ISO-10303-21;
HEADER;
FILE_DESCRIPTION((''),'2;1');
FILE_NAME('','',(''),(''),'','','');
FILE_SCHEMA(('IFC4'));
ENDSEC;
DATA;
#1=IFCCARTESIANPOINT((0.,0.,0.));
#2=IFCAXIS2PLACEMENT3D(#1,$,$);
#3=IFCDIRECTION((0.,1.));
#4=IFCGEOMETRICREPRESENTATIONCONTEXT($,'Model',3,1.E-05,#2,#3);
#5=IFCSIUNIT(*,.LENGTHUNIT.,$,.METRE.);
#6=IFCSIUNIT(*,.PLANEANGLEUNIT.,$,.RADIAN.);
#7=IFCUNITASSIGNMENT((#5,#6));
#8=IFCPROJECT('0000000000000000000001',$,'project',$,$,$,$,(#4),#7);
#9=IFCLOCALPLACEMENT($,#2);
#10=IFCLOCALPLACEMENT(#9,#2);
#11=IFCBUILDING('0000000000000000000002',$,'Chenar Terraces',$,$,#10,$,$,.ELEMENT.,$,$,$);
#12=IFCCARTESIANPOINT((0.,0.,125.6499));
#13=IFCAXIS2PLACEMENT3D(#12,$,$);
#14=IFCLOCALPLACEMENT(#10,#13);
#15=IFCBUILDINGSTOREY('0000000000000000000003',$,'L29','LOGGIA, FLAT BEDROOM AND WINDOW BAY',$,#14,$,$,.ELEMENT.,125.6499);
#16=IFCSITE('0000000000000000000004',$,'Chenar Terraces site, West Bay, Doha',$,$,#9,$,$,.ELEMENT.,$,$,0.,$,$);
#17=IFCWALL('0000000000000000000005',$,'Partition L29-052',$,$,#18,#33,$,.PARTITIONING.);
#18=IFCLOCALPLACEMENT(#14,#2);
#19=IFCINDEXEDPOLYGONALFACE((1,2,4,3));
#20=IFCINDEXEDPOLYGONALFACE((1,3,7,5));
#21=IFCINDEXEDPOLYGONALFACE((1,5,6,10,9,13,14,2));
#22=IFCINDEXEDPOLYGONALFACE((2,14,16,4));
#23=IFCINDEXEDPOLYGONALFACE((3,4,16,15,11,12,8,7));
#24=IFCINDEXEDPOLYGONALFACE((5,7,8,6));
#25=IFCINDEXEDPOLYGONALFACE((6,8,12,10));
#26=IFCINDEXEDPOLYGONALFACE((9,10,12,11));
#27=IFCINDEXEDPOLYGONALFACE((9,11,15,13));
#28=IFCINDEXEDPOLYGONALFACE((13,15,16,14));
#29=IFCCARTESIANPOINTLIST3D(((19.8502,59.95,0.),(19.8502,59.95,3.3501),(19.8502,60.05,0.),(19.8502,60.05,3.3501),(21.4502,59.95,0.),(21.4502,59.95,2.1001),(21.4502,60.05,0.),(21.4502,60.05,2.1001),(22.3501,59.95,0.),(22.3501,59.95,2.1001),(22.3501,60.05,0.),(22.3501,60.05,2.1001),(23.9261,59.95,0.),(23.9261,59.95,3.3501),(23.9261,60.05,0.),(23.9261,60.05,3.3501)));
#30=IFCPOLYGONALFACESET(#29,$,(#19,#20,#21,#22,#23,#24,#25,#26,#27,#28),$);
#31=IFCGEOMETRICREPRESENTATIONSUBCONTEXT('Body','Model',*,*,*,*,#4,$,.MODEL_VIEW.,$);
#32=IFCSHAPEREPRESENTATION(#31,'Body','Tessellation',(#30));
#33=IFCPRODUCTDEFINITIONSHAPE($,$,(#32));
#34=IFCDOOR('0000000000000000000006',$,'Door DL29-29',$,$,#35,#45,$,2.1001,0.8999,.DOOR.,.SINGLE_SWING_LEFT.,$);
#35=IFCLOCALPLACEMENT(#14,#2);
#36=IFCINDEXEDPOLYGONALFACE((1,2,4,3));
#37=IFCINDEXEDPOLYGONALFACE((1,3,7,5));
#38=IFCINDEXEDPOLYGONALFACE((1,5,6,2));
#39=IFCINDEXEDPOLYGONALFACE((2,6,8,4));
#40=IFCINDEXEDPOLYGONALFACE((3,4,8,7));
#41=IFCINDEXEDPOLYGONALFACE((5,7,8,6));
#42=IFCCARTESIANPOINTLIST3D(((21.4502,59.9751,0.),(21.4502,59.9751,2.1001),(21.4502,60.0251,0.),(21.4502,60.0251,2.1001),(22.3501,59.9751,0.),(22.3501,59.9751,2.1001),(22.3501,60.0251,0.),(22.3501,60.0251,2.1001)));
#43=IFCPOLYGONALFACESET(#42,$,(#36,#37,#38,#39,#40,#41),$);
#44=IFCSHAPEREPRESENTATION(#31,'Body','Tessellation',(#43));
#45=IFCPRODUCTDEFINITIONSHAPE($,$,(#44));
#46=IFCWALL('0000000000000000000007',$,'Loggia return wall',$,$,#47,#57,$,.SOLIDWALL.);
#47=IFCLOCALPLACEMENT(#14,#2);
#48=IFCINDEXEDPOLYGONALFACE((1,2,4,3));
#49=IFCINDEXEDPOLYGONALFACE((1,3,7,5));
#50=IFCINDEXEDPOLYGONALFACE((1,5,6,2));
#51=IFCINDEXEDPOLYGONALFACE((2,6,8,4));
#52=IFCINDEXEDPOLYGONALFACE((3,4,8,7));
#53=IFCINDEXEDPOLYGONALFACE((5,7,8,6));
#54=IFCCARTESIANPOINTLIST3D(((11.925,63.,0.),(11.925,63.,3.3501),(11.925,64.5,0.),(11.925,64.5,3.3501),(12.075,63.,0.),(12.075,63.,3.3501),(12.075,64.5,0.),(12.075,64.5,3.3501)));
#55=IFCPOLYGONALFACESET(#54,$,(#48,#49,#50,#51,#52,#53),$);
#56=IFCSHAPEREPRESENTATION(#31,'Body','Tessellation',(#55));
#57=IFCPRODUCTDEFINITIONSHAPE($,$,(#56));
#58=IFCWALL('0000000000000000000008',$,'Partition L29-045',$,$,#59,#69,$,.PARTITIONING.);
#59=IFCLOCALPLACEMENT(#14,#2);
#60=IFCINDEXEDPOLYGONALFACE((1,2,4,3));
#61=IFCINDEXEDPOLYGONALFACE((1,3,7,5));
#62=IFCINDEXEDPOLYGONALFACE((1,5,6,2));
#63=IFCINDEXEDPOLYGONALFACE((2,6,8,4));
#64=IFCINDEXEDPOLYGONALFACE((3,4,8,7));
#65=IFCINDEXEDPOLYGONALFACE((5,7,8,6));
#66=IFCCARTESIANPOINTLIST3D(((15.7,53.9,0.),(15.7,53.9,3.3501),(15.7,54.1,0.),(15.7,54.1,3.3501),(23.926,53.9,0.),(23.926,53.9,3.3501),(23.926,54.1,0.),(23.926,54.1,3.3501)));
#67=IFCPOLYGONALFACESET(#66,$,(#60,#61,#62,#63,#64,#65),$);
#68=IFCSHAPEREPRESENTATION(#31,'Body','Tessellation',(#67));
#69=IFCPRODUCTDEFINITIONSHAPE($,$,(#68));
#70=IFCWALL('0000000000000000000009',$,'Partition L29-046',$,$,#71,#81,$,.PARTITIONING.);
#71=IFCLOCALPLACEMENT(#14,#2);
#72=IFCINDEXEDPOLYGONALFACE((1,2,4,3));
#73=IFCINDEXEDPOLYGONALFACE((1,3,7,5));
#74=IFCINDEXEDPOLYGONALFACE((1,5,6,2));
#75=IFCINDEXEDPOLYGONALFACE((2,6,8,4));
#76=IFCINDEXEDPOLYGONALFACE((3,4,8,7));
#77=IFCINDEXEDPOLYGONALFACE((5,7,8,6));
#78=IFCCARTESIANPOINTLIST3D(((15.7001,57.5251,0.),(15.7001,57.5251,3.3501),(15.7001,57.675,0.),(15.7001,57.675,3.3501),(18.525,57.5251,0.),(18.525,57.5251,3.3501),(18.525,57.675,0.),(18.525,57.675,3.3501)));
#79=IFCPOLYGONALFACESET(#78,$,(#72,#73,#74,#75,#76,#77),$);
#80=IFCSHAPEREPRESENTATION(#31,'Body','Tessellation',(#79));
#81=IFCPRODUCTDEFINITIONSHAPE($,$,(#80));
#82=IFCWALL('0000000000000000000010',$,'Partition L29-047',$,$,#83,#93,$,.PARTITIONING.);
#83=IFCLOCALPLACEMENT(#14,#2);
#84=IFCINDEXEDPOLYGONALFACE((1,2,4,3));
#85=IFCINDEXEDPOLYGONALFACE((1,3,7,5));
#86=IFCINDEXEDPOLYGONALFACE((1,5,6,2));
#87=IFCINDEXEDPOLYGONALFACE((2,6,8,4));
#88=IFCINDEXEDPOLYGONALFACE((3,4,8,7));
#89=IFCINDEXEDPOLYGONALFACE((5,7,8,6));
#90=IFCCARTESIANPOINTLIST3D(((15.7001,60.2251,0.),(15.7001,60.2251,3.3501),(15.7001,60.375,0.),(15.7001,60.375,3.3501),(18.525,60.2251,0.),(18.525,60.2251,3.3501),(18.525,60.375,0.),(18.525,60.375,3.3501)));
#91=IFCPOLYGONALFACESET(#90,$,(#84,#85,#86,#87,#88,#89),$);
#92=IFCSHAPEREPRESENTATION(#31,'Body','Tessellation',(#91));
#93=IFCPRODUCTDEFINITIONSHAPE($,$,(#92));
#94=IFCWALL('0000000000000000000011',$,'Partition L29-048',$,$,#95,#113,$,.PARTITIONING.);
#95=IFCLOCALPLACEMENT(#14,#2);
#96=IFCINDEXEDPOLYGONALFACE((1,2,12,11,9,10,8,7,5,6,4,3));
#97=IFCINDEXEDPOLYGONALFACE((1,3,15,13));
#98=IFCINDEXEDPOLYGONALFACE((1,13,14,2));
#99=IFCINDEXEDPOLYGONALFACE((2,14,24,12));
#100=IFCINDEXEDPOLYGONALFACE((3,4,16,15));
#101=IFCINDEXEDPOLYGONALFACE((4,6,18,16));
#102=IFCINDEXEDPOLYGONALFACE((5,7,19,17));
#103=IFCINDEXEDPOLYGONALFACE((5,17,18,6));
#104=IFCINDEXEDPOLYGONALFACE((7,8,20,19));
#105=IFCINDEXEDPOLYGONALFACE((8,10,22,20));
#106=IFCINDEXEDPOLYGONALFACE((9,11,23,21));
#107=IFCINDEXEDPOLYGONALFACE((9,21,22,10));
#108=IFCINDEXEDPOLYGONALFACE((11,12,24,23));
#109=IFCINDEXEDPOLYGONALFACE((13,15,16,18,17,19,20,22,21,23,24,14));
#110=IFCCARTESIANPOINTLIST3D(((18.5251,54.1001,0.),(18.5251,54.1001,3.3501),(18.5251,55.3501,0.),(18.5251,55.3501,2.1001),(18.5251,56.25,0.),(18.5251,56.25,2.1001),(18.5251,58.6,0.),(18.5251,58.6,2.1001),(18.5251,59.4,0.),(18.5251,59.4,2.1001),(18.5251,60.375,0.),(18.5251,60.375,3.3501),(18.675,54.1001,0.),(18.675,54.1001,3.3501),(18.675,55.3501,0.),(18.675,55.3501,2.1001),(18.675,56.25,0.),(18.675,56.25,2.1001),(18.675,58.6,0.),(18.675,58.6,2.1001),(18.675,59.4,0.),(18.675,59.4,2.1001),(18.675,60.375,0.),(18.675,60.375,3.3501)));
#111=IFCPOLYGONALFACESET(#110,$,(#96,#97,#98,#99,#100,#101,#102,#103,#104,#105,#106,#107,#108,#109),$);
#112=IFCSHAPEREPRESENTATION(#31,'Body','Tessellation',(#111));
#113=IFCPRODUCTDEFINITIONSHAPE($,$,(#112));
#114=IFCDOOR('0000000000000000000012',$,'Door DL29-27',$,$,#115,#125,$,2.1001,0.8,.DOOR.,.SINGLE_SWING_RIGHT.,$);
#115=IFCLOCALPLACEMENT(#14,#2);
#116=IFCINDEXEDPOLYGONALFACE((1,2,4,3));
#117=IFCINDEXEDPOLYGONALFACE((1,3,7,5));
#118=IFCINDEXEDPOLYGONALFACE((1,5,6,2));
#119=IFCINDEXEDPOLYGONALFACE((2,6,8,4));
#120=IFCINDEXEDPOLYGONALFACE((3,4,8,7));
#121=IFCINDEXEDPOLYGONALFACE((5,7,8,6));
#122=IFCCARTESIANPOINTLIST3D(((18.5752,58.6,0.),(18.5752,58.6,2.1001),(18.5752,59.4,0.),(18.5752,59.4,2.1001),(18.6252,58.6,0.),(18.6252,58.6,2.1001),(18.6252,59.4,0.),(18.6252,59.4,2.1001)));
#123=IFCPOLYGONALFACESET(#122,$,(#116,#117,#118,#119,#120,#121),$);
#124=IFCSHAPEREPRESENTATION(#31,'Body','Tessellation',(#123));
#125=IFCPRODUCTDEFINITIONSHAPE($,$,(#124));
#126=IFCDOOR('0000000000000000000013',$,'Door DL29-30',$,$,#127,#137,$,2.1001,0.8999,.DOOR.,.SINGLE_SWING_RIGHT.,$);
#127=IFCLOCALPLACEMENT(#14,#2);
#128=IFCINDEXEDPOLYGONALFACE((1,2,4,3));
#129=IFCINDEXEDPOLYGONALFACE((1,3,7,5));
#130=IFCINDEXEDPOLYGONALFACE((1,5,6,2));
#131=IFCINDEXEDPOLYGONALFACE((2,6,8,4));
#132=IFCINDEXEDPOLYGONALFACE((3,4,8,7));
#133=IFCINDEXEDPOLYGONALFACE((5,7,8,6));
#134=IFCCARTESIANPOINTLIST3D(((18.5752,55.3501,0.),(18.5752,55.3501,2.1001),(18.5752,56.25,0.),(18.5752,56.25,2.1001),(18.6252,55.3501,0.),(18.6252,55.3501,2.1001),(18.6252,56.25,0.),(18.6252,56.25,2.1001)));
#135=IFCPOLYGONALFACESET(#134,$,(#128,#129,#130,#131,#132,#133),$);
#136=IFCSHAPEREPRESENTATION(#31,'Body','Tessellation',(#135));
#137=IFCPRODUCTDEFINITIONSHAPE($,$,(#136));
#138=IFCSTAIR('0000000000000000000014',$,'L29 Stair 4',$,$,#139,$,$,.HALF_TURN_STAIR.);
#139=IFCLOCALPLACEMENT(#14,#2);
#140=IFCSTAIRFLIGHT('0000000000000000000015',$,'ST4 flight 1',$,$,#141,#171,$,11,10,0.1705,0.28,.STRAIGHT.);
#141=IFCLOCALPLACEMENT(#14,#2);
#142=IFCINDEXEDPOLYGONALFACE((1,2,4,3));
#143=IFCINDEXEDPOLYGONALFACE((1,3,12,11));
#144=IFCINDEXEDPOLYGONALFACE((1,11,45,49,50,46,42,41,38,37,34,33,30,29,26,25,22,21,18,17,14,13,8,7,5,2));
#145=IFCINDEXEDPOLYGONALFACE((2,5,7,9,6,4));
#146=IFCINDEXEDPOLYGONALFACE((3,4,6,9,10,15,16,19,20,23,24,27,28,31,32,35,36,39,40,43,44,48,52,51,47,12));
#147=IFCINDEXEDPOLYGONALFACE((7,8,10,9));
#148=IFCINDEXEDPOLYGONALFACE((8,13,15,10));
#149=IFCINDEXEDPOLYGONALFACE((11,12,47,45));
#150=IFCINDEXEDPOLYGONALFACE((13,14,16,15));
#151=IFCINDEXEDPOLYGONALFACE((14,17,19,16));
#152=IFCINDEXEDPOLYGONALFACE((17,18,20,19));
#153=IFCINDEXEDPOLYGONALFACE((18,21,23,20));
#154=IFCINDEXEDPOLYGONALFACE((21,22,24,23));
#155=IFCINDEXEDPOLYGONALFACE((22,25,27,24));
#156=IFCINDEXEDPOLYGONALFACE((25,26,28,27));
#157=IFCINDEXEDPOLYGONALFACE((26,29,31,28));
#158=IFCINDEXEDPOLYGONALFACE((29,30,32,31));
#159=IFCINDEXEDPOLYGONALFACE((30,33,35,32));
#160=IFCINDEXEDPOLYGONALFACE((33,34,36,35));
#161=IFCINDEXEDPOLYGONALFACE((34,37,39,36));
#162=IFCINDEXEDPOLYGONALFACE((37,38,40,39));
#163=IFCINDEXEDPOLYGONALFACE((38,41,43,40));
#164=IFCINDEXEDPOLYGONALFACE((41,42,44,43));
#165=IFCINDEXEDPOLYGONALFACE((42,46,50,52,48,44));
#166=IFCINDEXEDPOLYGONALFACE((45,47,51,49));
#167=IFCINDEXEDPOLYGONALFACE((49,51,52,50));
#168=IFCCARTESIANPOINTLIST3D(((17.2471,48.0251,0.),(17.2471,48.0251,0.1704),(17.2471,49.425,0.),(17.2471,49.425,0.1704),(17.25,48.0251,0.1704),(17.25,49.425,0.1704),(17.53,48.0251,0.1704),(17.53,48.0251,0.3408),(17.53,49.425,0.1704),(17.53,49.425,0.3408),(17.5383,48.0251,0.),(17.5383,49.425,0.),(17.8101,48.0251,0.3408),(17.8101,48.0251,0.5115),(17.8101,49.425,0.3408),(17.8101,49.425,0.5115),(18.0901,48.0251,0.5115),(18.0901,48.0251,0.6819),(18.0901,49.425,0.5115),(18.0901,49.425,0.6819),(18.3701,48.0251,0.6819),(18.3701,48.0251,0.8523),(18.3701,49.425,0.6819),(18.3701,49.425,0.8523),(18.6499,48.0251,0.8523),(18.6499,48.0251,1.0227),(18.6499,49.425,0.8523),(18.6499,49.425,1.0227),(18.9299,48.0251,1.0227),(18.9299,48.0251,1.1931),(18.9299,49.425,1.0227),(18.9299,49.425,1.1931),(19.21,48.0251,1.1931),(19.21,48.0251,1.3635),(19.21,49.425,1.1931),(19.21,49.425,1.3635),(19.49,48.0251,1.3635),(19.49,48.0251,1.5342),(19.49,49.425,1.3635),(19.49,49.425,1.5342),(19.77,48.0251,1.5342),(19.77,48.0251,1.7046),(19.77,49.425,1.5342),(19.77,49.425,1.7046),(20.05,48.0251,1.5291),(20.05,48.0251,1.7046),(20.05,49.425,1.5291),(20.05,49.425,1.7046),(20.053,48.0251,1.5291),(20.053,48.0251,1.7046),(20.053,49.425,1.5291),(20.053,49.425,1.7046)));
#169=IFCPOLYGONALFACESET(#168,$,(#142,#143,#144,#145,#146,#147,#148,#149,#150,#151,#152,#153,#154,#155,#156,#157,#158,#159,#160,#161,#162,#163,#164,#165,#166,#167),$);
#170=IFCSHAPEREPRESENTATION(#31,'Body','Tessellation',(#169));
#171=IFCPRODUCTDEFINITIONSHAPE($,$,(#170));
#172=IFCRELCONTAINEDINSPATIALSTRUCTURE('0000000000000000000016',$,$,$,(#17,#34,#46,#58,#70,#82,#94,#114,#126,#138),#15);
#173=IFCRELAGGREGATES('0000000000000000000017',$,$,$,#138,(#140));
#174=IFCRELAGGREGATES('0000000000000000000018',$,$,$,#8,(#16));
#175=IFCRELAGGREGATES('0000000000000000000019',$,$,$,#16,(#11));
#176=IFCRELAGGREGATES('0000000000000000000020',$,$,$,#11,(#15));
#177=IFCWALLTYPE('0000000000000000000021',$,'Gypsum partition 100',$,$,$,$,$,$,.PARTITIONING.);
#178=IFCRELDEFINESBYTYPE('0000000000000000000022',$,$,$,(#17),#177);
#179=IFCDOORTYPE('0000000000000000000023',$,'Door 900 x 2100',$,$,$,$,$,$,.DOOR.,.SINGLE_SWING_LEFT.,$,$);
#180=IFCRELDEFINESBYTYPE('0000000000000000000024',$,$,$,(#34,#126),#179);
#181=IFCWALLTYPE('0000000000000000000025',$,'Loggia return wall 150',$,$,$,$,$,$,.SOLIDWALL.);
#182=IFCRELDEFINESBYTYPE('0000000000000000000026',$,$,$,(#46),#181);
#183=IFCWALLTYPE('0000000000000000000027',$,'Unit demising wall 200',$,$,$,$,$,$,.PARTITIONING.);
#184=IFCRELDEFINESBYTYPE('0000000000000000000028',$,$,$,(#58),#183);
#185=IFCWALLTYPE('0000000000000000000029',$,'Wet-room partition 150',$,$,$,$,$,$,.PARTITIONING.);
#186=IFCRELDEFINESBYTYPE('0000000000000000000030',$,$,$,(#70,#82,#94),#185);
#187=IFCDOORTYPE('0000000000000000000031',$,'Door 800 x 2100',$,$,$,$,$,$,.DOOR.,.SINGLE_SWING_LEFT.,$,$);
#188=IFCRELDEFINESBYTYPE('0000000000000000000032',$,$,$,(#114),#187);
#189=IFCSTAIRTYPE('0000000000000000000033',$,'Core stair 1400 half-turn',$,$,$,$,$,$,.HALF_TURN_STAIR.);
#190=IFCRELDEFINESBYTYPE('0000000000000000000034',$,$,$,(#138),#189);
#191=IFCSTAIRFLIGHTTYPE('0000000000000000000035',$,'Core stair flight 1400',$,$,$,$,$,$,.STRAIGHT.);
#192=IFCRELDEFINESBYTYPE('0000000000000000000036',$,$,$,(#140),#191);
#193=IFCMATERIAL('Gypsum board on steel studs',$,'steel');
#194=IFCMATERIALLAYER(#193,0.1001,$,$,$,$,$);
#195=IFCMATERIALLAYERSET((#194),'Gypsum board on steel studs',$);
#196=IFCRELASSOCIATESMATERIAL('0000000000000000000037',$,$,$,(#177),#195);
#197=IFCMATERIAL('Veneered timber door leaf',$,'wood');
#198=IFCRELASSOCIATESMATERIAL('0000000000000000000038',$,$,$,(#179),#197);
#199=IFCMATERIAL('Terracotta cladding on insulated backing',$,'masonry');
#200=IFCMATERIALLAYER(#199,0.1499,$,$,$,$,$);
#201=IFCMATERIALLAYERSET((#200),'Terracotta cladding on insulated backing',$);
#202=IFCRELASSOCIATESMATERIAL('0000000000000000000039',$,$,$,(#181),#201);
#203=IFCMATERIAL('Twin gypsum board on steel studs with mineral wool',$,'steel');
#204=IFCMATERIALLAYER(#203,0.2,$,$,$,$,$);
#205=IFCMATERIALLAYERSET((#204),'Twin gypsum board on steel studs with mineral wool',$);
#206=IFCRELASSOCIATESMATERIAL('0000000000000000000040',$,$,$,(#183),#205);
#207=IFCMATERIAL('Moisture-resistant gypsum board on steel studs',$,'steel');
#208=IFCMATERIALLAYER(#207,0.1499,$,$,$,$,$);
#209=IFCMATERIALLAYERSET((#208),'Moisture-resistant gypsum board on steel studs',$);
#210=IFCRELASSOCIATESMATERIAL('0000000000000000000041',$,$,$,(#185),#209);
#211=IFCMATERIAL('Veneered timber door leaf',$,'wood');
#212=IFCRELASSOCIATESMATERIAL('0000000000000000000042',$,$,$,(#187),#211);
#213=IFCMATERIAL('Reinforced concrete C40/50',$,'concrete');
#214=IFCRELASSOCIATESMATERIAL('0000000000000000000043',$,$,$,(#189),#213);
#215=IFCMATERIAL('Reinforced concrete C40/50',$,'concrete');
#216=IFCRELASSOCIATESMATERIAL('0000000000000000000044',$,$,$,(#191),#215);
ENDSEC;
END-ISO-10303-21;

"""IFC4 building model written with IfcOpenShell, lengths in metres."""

from ifc_helpers import new_model, si_unit, direction, frame, frame_2d, origin, place, context, subcontext, project, spatial, polyline, rectangle, outline, extrude, material, layer, layer_set, type_object, element, fill, aggregate, save


model = new_model("IFC4")

# Units and contexts
model_context = context("Model", 3, precision=1e-05, world=origin(), true_north=direction((0.0, 1.0)))
body_context = subcontext(model_context, "Body", "Model", "MODEL_VIEW")
ifc_project = project(units=[si_unit("LENGTHUNIT", "METRE"), si_unit("PLANEANGLEUNIT", "RADIAN")], contexts=[model_context])

# Site, building, storey
site_placement = place(None, origin())
site = spatial("IfcSite", under=ifc_project, at=site_placement, Name="Chenar Terraces site, West Bay, Doha", CompositionType="ELEMENT", RefElevation=0.0)
building_placement = place(site_placement, origin())
building = spatial("IfcBuilding", under=site, at=building_placement, Name="Chenar Terraces", CompositionType="ELEMENT")
storey_placement = place(building_placement, frame((0.0, 0.0, 125.6499)))
storey = spatial("IfcBuildingStorey", under=building, at=storey_placement, Name="L29", Description="LOGGIA, FLAT BEDROOM AND WINDOW BAY", CompositionType="ELEMENT", Elevation=125.6499)

# Shared definitions
ifc_material_1 = material(Name="Gypsum board on steel studs", Category="steel")
ifc_layer_1 = layer(ifc_material_1, 0.1001)
ifc_layer_set_1 = layer_set([ifc_layer_1], Name="Gypsum board on steel studs")
wall_type_1 = type_object("IfcWallType", Name="Gypsum partition 100", PredefinedType="PARTITIONING", material=ifc_layer_set_1)
ifc_material_2 = material(Name="Veneered timber door leaf", Category="wood")
door_type_1 = type_object("IfcDoorType", Name="Door 900 x 2100", OperationType="SINGLE_SWING_LEFT", PredefinedType="DOOR", material=ifc_material_2)

# Wall, opening, door
wall_1_placement = place(storey_placement, frame((19.8501, 60.0, 0.0), z_axis=(0.0, 0.0, 1.0), x_axis=(1.0, 0.0, 0.0)))
wall_1 = element("IfcWall", 1, at=wall_1_placement, inside=storey, type_object=wall_type_1, Name="Partition L29-052", PredefinedType="PARTITIONING", context=body_context, shape_type="SweptSolid", body=[
    extrude(rectangle(XDim=4.0759, YDim=0.1001, at=frame_2d((2.0381, 0.0))), origin(), (0.0, 0.0, 1.0), 3.3501),
])
opening_1_placement = place(wall_1_placement, frame((1.6001, 0.0, 0.0)))
opening_1 = element("IfcOpeningElement", 2, at=opening_1_placement, cuts=wall_1, PredefinedType="OPENING", context=body_context, shape_type="SweptSolid", body=[
    extrude(rectangle(XDim=0.8999, YDim=2.1001, at=frame_2d((0.45, 1.05))), frame((0.0, 0.0601, 0.0), z_axis=(0.0, -1.0, 0.0), x_axis=(1.0, 0.0, 0.0)), (0.0, 0.0, 1.0), 0.1201),
])
door_1_placement = place(opening_1_placement, frame((0.8999, 0.0, 0.0), z_axis=(0.0, 0.0, 1.0), x_axis=(-1.0, 0.0, 0.0)))
door_1 = element("IfcDoor", 3, at=door_1_placement, inside=storey, type_object=door_type_1, Name="Door DL29-29", OperationType="SINGLE_SWING_LEFT", OverallHeight=2.1001, OverallWidth=0.8999, PredefinedType="DOOR", context=body_context, shape_type="SweptSolid", body=[
    extrude(rectangle(XDim=0.8999, YDim=2.1001, at=frame_2d((0.45, 1.05))), frame((0.0, 0.0249, 0.0), z_axis=(0.0, -1.0, 0.0), x_axis=(1.0, 0.0, 0.0)), (0.0, 0.0, 1.0), 0.05),
])
fill(opening_1, door_1)

# Walls
ifc_material_3 = material(Name="Terracotta cladding on insulated backing", Category="masonry")
ifc_layer_2 = layer(ifc_material_3, 0.1499)
ifc_layer_set_2 = layer_set([ifc_layer_2], Name="Terracotta cladding on insulated backing")
wall_type_2 = type_object("IfcWallType", Name="Loggia return wall 150", PredefinedType="SOLIDWALL", material=ifc_layer_set_2)
wall_2_placement = place(storey_placement, frame((12.0, 64.5, 0.0), z_axis=(0.0, 0.0, 1.0), x_axis=(0.0, -1.0, 0.0)))
element("IfcWall", 4, at=wall_2_placement, inside=storey, type_object=wall_type_2, Name="Loggia return wall", PredefinedType="SOLIDWALL", context=body_context, shape_type="SweptSolid", body=[
    extrude(rectangle(XDim=1.5, YDim=0.1499, at=frame_2d((0.75, 0.0))), origin(), (0.0, 0.0, 1.0), 3.3501),
])
ifc_material_4 = material(Name="Twin gypsum board on steel studs with mineral wool", Category="steel")
ifc_layer_3 = layer(ifc_material_4, 0.2)
ifc_layer_set_3 = layer_set([ifc_layer_3], Name="Twin gypsum board on steel studs with mineral wool")
wall_type_3 = type_object("IfcWallType", Name="Unit demising wall 200", PredefinedType="PARTITIONING", material=ifc_layer_set_3)
wall_3_placement = place(storey_placement, frame((15.7, 54.0, 0.0), z_axis=(0.0, 0.0, 1.0), x_axis=(1.0, 0.0, 0.0)))
element("IfcWall", 5, at=wall_3_placement, inside=storey, type_object=wall_type_3, Name="Partition L29-045", PredefinedType="PARTITIONING", context=body_context, shape_type="SweptSolid", body=[
    extrude(rectangle(XDim=8.2261, YDim=0.2, at=frame_2d((4.113, 0.0))), origin(), (0.0, 0.0, 1.0), 3.3501),
])
ifc_material_5 = material(Name="Moisture-resistant gypsum board on steel studs", Category="steel")
ifc_layer_4 = layer(ifc_material_5, 0.1499)
ifc_layer_set_4 = layer_set([ifc_layer_4], Name="Moisture-resistant gypsum board on steel studs")
wall_type_4 = type_object("IfcWallType", Name="Wet-room partition 150", PredefinedType="PARTITIONING", material=ifc_layer_set_4)
for number, where, z_axis, x_axis, name in (
    (6, (15.7, 57.6001, 0.0), (0.0, 0.0, 1.0), (1.0, 0.0, 0.0), "Partition L29-046"),
    (7, (15.7, 60.3, 0.0), (0.0, 0.0, 1.0), (1.0, 0.0, 0.0), "Partition L29-047"),
):
    element("IfcWall", number, at=place(storey_placement, frame(where, z_axis=z_axis, x_axis=x_axis)), inside=storey, type_object=wall_type_4, Name=name, PredefinedType="PARTITIONING", context=body_context, shape_type="SweptSolid", body=[
        extrude(rectangle(XDim=2.825, YDim=0.1499, at=frame_2d((1.4126, 0.0))), origin(), (0.0, 0.0, 1.0), 3.3501),
    ])

# Wall, openings, doors
wall_4_placement = place(storey_placement, frame((18.6001, 54.1001, 0.0), z_axis=(0.0, 0.0, 1.0), x_axis=(0.0, 1.0, 0.0)))
wall_4 = element("IfcWall", 8, at=wall_4_placement, inside=storey, type_object=wall_type_4, Name="Partition L29-048", PredefinedType="PARTITIONING", context=body_context, shape_type="SweptSolid", body=[
    extrude(rectangle(XDim=6.2749, YDim=0.1499, at=frame_2d((3.1375, 0.0))), origin(), (0.0, 0.0, 1.0), 3.3501),
])
opening_2_placement = place(wall_4_placement, frame((4.5, 0.0, 0.0)))
opening_2 = element("IfcOpeningElement", 9, at=opening_2_placement, cuts=wall_4, PredefinedType="OPENING", context=body_context, shape_type="SweptSolid", body=[
    extrude(rectangle(XDim=0.8, YDim=2.1001, at=frame_2d((0.3999, 1.05))), frame((0.0, 0.085, 0.0), z_axis=(0.0, -1.0, 0.0), x_axis=(1.0, 0.0, 0.0)), (0.0, 0.0, 1.0), 0.1699),
])
opening_3_placement = place(wall_4_placement, frame((1.25, 0.0, 0.0)))
opening_3 = element("IfcOpeningElement", 10, at=opening_3_placement, cuts=wall_4, PredefinedType="OPENING", context=body_context, shape_type="SweptSolid", body=[
    extrude(rectangle(XDim=0.8999, YDim=2.1001, at=frame_2d((0.45, 1.05))), frame((0.0, 0.085, 0.0), z_axis=(0.0, -1.0, 0.0), x_axis=(1.0, 0.0, 0.0)), (0.0, 0.0, 1.0), 0.1699),
])
ifc_material_6 = material(Name="Veneered timber door leaf", Category="wood")
door_type_2 = type_object("IfcDoorType", Name="Door 800 x 2100", OperationType="SINGLE_SWING_LEFT", PredefinedType="DOOR", material=ifc_material_6)
door_2_placement = place(opening_2_placement, origin())
door_2 = element("IfcDoor", 11, at=door_2_placement, inside=storey, type_object=door_type_2, Name="Door DL29-27", OperationType="SINGLE_SWING_RIGHT", OverallHeight=2.1001, OverallWidth=0.8, PredefinedType="DOOR", context=body_context, shape_type="SweptSolid", body=[
    extrude(rectangle(XDim=0.8, YDim=2.1001, at=frame_2d((0.3999, 1.05))), frame((0.0, 0.0249, 0.0), z_axis=(0.0, -1.0, 0.0), x_axis=(1.0, 0.0, 0.0)), (0.0, 0.0, 1.0), 0.05),
])
fill(opening_2, door_2)
door_3_placement = place(opening_3_placement, origin())
door_3 = element("IfcDoor", 12, at=door_3_placement, inside=storey, type_object=door_type_1, Name="Door DL29-30", OperationType="SINGLE_SWING_RIGHT", OverallHeight=2.1001, OverallWidth=0.8999, PredefinedType="DOOR", context=body_context, shape_type="SweptSolid", body=[
    extrude(rectangle(XDim=0.8999, YDim=2.1001, at=frame_2d((0.45, 1.05))), frame((0.0, 0.0249, 0.0), z_axis=(0.0, -1.0, 0.0), x_axis=(1.0, 0.0, 0.0)), (0.0, 0.0, 1.0), 0.05),
])
fill(opening_3, door_3)

# Stair, stair flight
ifc_material_7 = material(Name="Reinforced concrete C40/50", Category="concrete")
stair_type = type_object("IfcStairType", Name="Core stair 1400 half-turn", PredefinedType="HALF_TURN_STAIR", material=ifc_material_7)
stair_placement = place(storey_placement, origin())
stair = element("IfcStair", 13, at=stair_placement, inside=storey, type_object=stair_type, Name="L29 Stair 4", PredefinedType="HALF_TURN_STAIR")
ifc_material_8 = material(Name="Reinforced concrete C40/50", Category="concrete")
stair_flight_type = type_object("IfcStairFlightType", Name="Core stair flight 1400", PredefinedType="STRAIGHT", material=ifc_material_8)
stair_flight_1_placement = place(storey_placement, frame((17.25, 48.7251, 0.0), z_axis=(0.0, 0.0, 1.0), x_axis=(1.0, 0.0, 0.0)))
stair_flight_1 = element("IfcStairFlight", 14, at=stair_flight_1_placement, type_object=stair_flight_type, Name="ST4 flight 1", NumberOfRisers=11, NumberOfTreads=10, PredefinedType="STRAIGHT", RiserHeight=0.1705, TreadLength=0.28, context=body_context, shape_type="SweptSolid", body=[
    extrude(outline(polyline([(-0.0029, 0.0), (-0.0029, 0.1704), (0.0, 0.1704), (0.28, 0.1704), (0.28, 0.3408), (0.5601, 0.3408), (0.5601, 0.5115), (0.8401, 0.5115), (0.8401, 0.6819), (1.1201, 0.6819), (1.1201, 0.8523), (1.3999, 0.8523), (1.3999, 1.0227), (1.6799, 1.0227), (1.6799, 1.1931), (1.96, 1.1931), (1.96, 1.3635), (2.24, 1.3635), (2.24, 1.5342), (2.52, 1.5342), (2.52, 1.7046), (2.8, 1.7046), (2.803, 1.7046), (2.803, 1.5291), (2.8, 1.5291), (0.2883, 0.0), (-0.0029, 0.0)])), frame((0.0, 0.7, 0.0), z_axis=(0.0, -1.0, 0.0), x_axis=(1.0, 0.0, 0.0)), (0.0, 0.0, 1.0), 1.3999),
])
aggregate(stair, [stair_flight_1])

save(model, "model.ifc")
